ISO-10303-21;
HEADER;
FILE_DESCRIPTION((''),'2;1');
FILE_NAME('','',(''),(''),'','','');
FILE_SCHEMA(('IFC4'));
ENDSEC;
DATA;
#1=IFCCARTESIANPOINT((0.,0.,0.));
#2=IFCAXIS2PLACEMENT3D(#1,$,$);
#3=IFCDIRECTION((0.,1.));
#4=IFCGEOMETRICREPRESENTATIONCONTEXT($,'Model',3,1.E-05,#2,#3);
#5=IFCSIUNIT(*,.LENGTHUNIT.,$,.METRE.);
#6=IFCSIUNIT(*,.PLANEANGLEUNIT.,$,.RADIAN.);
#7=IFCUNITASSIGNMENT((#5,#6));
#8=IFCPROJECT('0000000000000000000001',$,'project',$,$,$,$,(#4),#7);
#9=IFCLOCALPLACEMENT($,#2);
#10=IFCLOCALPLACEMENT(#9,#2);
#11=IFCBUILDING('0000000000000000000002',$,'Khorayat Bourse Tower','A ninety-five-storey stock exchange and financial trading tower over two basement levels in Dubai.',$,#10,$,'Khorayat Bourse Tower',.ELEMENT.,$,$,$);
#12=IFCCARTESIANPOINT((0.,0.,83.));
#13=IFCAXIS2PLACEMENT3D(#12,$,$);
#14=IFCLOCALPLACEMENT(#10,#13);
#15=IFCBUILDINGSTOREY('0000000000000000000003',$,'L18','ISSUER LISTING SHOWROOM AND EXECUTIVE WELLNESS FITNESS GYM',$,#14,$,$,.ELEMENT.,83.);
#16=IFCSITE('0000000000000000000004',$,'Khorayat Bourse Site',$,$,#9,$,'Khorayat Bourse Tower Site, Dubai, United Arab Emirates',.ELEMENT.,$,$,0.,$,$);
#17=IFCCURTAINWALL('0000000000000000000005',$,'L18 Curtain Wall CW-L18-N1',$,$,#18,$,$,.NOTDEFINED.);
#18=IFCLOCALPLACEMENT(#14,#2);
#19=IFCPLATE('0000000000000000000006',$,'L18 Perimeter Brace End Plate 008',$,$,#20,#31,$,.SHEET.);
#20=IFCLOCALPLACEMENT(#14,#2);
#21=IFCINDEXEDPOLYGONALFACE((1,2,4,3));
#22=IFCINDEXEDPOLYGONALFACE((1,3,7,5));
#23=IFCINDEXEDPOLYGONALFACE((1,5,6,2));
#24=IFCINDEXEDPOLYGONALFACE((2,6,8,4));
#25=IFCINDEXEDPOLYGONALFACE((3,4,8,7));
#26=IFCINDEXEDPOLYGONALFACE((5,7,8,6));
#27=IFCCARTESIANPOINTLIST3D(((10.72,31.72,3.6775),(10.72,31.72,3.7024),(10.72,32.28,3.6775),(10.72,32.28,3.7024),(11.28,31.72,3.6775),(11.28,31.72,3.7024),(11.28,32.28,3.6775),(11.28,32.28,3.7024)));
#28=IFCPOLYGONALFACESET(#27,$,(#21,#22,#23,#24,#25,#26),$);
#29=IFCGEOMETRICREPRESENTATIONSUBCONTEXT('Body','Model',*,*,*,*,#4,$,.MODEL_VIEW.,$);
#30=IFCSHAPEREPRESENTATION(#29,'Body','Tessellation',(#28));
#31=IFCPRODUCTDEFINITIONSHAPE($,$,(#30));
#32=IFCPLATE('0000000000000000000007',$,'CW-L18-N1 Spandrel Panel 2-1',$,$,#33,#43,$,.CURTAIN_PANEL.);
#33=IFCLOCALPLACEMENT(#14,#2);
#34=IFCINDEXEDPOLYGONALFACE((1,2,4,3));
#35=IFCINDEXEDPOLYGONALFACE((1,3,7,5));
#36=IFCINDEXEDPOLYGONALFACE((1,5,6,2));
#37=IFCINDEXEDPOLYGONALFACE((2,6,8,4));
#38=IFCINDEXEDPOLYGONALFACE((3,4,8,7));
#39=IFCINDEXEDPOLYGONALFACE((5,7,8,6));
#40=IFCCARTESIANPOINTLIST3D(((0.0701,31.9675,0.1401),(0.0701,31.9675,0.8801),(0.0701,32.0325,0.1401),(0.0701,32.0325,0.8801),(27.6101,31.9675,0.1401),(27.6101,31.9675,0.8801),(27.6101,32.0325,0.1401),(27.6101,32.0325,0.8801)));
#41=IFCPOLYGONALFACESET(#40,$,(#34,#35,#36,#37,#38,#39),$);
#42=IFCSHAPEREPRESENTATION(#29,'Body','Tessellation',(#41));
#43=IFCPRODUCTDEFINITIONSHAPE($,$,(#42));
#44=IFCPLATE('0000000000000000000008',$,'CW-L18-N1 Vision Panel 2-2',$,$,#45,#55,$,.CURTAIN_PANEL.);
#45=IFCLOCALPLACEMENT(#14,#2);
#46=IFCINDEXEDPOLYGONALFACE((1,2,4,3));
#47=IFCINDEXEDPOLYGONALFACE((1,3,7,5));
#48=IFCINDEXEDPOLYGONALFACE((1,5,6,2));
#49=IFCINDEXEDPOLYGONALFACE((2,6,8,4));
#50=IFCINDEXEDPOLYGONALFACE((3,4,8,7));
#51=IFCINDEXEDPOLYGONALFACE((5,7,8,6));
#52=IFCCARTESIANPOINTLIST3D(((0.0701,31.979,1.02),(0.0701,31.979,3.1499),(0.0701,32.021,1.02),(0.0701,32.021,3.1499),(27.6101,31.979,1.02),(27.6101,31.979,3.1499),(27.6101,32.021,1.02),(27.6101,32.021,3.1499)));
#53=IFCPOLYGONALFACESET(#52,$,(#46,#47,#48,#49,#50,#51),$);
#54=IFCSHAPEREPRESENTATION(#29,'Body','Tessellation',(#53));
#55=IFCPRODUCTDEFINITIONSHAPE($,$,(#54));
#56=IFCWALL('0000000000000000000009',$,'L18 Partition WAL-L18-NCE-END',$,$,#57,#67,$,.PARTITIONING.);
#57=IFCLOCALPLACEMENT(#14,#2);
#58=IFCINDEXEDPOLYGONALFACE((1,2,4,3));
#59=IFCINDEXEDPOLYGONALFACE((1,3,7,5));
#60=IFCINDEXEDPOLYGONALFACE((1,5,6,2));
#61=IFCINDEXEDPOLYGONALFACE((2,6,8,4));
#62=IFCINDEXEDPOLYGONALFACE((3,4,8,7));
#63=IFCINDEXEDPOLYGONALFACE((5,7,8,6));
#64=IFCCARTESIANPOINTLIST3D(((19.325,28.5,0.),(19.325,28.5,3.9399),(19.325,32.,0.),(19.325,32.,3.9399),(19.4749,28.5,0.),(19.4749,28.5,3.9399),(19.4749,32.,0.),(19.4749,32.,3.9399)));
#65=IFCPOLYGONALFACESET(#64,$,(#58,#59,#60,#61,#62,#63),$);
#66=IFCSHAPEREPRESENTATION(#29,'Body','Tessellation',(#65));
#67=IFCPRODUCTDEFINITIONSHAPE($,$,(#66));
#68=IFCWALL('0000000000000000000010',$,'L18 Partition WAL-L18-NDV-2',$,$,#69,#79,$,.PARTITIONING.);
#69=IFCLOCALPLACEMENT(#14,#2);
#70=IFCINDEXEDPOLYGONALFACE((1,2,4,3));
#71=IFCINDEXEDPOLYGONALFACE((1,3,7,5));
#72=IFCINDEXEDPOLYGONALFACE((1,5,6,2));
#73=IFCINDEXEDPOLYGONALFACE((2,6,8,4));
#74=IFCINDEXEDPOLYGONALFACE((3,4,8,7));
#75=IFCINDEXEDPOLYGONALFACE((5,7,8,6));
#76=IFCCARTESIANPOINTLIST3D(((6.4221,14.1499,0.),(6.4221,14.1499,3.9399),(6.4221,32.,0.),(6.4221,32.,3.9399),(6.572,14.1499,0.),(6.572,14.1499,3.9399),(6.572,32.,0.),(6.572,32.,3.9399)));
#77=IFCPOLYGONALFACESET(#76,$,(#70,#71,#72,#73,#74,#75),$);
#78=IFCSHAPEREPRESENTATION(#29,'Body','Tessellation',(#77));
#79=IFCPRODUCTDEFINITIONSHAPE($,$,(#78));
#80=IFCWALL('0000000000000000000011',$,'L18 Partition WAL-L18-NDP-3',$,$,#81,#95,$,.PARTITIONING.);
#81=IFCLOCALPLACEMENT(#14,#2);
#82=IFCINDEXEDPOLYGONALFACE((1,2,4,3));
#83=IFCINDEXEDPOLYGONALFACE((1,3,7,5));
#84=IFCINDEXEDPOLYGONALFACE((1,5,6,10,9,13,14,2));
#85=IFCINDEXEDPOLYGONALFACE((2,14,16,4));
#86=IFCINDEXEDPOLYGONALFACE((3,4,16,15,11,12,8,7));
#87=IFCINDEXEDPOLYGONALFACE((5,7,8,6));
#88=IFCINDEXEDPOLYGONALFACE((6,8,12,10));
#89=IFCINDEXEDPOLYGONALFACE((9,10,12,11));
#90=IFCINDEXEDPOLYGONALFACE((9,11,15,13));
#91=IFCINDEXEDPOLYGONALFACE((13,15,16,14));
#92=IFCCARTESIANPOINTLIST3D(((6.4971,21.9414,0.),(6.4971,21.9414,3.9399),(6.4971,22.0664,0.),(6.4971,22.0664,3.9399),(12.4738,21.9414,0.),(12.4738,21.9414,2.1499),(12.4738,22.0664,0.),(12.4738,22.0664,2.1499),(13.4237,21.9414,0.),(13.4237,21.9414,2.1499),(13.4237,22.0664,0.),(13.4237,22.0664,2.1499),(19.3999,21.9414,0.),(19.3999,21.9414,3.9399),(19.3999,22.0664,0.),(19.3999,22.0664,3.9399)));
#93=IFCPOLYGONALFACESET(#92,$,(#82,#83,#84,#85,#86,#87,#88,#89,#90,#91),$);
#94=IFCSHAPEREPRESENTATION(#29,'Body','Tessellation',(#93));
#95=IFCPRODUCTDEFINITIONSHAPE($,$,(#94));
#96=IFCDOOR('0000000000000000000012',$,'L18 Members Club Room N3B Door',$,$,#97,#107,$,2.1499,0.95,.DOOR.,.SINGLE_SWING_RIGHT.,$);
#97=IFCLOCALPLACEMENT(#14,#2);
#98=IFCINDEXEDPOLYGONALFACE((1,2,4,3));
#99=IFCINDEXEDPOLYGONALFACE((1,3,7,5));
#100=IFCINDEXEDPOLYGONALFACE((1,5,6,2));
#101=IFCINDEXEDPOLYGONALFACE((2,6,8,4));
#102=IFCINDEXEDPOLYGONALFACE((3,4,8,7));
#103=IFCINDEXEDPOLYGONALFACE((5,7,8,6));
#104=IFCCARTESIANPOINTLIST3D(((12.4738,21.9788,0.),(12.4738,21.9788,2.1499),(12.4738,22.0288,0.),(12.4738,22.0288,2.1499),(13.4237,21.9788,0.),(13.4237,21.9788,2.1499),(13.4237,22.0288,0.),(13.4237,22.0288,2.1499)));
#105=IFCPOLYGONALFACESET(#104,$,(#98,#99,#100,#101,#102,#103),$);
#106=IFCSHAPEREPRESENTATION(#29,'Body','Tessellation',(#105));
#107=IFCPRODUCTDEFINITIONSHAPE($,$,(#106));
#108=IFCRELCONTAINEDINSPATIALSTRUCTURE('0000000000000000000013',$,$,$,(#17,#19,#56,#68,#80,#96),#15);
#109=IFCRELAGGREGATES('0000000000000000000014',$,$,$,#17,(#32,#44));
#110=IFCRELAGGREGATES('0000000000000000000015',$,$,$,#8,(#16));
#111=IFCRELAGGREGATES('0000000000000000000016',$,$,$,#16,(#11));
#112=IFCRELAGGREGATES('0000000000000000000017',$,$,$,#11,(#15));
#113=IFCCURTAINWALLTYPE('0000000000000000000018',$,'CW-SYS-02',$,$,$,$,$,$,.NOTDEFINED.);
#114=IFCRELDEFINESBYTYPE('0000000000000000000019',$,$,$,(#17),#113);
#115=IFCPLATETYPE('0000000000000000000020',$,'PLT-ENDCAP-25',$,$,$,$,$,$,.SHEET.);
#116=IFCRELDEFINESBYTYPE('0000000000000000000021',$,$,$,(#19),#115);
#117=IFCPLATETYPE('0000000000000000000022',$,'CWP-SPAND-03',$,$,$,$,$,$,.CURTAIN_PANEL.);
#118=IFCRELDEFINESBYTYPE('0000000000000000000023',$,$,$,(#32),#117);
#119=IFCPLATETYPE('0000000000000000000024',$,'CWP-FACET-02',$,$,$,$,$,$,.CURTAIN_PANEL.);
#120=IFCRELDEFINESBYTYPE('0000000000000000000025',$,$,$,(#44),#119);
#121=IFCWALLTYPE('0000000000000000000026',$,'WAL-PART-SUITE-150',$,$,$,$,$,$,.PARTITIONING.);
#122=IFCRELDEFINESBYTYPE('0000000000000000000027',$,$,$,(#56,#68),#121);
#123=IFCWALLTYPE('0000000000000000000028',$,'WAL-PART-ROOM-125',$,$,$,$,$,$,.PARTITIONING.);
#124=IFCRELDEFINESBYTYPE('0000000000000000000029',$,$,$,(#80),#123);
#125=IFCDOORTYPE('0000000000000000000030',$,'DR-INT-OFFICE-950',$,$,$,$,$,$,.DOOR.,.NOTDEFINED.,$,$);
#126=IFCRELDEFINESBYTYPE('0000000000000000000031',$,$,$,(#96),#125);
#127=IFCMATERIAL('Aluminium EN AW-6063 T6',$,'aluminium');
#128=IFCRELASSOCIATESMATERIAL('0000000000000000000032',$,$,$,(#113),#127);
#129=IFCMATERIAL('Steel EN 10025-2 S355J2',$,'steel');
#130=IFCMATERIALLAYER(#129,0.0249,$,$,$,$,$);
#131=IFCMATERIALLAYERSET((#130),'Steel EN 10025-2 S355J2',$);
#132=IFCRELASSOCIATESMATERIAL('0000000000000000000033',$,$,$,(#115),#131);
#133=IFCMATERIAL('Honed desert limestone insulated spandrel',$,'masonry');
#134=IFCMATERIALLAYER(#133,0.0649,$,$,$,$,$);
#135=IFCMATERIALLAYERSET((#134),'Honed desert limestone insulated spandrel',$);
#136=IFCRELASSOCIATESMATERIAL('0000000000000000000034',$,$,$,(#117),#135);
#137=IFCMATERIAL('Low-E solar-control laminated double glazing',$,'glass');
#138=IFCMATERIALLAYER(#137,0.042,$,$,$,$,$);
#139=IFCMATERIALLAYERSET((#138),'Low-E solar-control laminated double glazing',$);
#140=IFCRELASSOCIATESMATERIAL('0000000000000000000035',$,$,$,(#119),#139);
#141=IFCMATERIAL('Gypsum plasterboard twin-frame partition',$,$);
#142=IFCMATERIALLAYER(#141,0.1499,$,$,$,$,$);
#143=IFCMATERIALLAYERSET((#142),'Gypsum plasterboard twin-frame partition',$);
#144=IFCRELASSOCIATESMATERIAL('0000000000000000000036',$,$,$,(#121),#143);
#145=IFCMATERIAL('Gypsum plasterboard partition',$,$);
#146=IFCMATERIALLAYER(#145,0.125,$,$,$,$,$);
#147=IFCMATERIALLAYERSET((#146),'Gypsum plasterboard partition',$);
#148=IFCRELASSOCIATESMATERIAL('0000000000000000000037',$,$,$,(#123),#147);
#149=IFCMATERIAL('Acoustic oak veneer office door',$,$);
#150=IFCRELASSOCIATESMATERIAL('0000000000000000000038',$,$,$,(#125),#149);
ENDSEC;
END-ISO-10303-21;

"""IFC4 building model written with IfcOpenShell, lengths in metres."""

from ifc_helpers import new_model, si_unit, direction, frame, frame_2d, origin, origin_2d, place, context, subcontext, project, spatial, rectangle, extrude, source, transform, mapped, material, layer, layer_set, type_object, element, fill, aggregate, save


model = new_model("IFC4")

# Units and contexts
model_context = context("Model", 3, precision=1e-05, world=origin(), true_north=direction((0.0, 1.0)))
body_context = subcontext(model_context, "Body", "Model", "MODEL_VIEW")
ifc_project = project(units=[si_unit("LENGTHUNIT", "METRE"), si_unit("PLANEANGLEUNIT", "RADIAN")], contexts=[model_context])

# Site, building, storey
site_placement = place(None, origin())
site = spatial("IfcSite", under=ifc_project, at=site_placement, Name="Khorayat Bourse Site", LongName="Khorayat Bourse Tower Site, Dubai, United Arab Emirates", CompositionType="ELEMENT", RefElevation=0.0)
building_placement = place(site_placement, origin())
building = spatial("IfcBuilding", under=site, at=building_placement, Name="Khorayat Bourse Tower", Description="A ninety-five-storey stock exchange and financial trading tower over two basement levels in Dubai.", LongName="Khorayat Bourse Tower", CompositionType="ELEMENT")
storey_placement = place(building_placement, frame((0.0, 0.0, 83.0)))
storey = spatial("IfcBuildingStorey", under=building, at=storey_placement, Name="L18", Description="ISSUER LISTING SHOWROOM AND EXECUTIVE WELLNESS FITNESS GYM", CompositionType="ELEMENT", Elevation=83.0)

# Curtain wall
ifc_material_1 = material(Name="Aluminium EN AW-6063 T6", Category="aluminium")
curtain_wall_type = type_object("IfcCurtainWallType", Name="CW-SYS-02", PredefinedType="NOTDEFINED", material=ifc_material_1)
curtain_wall_placement = place(storey_placement, origin())
curtain_wall = element("IfcCurtainWall", 1, at=curtain_wall_placement, inside=storey, type_object=curtain_wall_type, Name="L18 Curtain Wall CW-L18-N1", PredefinedType="NOTDEFINED")

# Plate
ifc_material_2 = material(Name="Steel EN 10025-2 S355J2", Category="steel")
ifc_layer_1 = layer(ifc_material_2, 0.0249)
ifc_layer_set_1 = layer_set([ifc_layer_1], Name="Steel EN 10025-2 S355J2")
plate_type_1 = type_object("IfcPlateType", Name="PLT-ENDCAP-25", PredefinedType="SHEET", material=ifc_layer_set_1)
shared_shape_1 = source(origin(), body_context, "Body", "SweptSolid", [
    extrude(rectangle(XDim=0.5601, YDim=0.5601, at=origin_2d()), origin(), (0.0, 0.0, 1.0), 0.0249),
])
for number, where, z_axis, x_axis, name in (
    (2, (11.0, 32.0, 3.6775), (0.0, 0.0, 1.0), (1.0, 0.0, 0.0), "L18 Perimeter Brace End Plate 008"),
):
    element("IfcPlate", number, at=place(storey_placement, frame(where, z_axis=z_axis, x_axis=x_axis)), inside=storey, type_object=plate_type_1, Name=name, PredefinedType="SHEET", context=body_context, shape_type="MappedRepresentation", body=[
        mapped(shared_shape_1, transform((0.0, 0.0, 0.0), scale=1.0)),
    ])

# Plates
ifc_material_3 = material(Name="Honed desert limestone insulated spandrel", Category="masonry")
ifc_layer_2 = layer(ifc_material_3, 0.0649)
ifc_layer_set_2 = layer_set([ifc_layer_2], Name="Honed desert limestone insulated spandrel")
plate_type_2 = type_object("IfcPlateType", Name="CWP-SPAND-03", PredefinedType="CURTAIN_PANEL", material=ifc_layer_set_2)
shared_shape_2 = source(origin(), body_context, "Body", "SweptSolid", [
    extrude(rectangle(XDim=27.54, YDim=0.0649, at=origin_2d()), origin(), (0.0, 0.0, 1.0), 0.74),
])
plate_1_placement = place(storey_placement, frame((13.8401, 32.0, 0.1401), z_axis=(0.0, 0.0, 1.0), x_axis=(1.0, 0.0, 0.0)))
plate_1 = element("IfcPlate", 3, at=plate_1_placement, type_object=plate_type_2, Name="CW-L18-N1 Spandrel Panel 2-1", PredefinedType="CURTAIN_PANEL", context=body_context, shape_type="MappedRepresentation", body=[
    mapped(shared_shape_2, transform((0.0, 0.0, 0.0), scale=1.0)),
])
ifc_material_4 = material(Name="Low-E solar-control laminated double glazing", Category="glass")
ifc_layer_3 = layer(ifc_material_4, 0.042)
ifc_layer_set_3 = layer_set([ifc_layer_3], Name="Low-E solar-control laminated double glazing")
plate_type_3 = type_object("IfcPlateType", Name="CWP-FACET-02", PredefinedType="CURTAIN_PANEL", material=ifc_layer_set_3)
shared_shape_3 = source(origin(), body_context, "Body", "SweptSolid", [
    extrude(rectangle(XDim=27.54, YDim=0.042, at=origin_2d()), origin(), (0.0, 0.0, 1.0), 2.1299),
])
plate_2_placement = place(storey_placement, frame((13.8401, 32.0, 1.02), z_axis=(0.0, 0.0, 1.0), x_axis=(1.0, 0.0, 0.0)))
plate_2 = element("IfcPlate", 4, at=plate_2_placement, type_object=plate_type_3, Name="CW-L18-N1 Vision Panel 2-2", PredefinedType="CURTAIN_PANEL", context=body_context, shape_type="MappedRepresentation", body=[
    mapped(shared_shape_3, transform((0.0, 0.0, 0.0), scale=1.0)),
])
aggregate(curtain_wall, [plate_1, plate_2])

# Walls
ifc_material_5 = material(Name="Gypsum plasterboard twin-frame partition")
ifc_layer_4 = layer(ifc_material_5, 0.1499)
ifc_layer_set_4 = layer_set([ifc_layer_4], Name="Gypsum plasterboard twin-frame partition")
wall_type_1 = type_object("IfcWallType", Name="WAL-PART-SUITE-150", PredefinedType="PARTITIONING", material=ifc_layer_set_4)
shared_shape_4 = source(origin(), body_context, "Body", "SweptSolid", [
    extrude(rectangle(XDim=3.5, YDim=0.1499, at=frame_2d((1.75, 0.0))), origin(), (0.0, 0.0, 1.0), 3.9399),
])
wall_1_placement = place(storey_placement, frame((19.3999, 28.5, 0.0), z_axis=(0.0, 0.0, 1.0), x_axis=(0.0, 1.0, 0.0)))
element("IfcWall", 5, at=wall_1_placement, inside=storey, type_object=wall_type_1, Name="L18 Partition WAL-L18-NCE-END", PredefinedType="PARTITIONING", context=body_context, shape_type="MappedRepresentation", body=[
    mapped(shared_shape_4, transform((0.0, 0.0, 0.0), scale=1.0)),
])
shared_shape_5 = source(origin(), body_context, "Body", "SweptSolid", [
    extrude(rectangle(XDim=17.8501, YDim=0.1499, at=frame_2d((8.925, 0.0))), origin(), (0.0, 0.0, 1.0), 3.9399),
])
wall_2_placement = place(storey_placement, frame((6.4971, 14.1499, 0.0), z_axis=(0.0, 0.0, 1.0), x_axis=(0.0, 1.0, 0.0)))
element("IfcWall", 6, at=wall_2_placement, inside=storey, type_object=wall_type_1, Name="L18 Partition WAL-L18-NDV-2", PredefinedType="PARTITIONING", context=body_context, shape_type="MappedRepresentation", body=[
    mapped(shared_shape_5, transform((0.0, 0.0, 0.0), scale=1.0)),
])

# Wall, opening, door
ifc_material_6 = material(Name="Gypsum plasterboard partition")
ifc_layer_5 = layer(ifc_material_6, 0.125)
ifc_layer_set_5 = layer_set([ifc_layer_5], Name="Gypsum plasterboard partition")
wall_type_2 = type_object("IfcWallType", Name="WAL-PART-ROOM-125", PredefinedType="PARTITIONING", material=ifc_layer_set_5)
shared_shape_6 = source(origin(), body_context, "Body", "SweptSolid", [
    extrude(rectangle(XDim=12.9028, YDim=0.125, at=frame_2d((6.4514, 0.0))), origin(), (0.0, 0.0, 1.0), 3.9399),
])
wall_3_placement = place(storey_placement, frame((6.4971, 22.0039, 0.0), z_axis=(0.0, 0.0, 1.0), x_axis=(1.0, 0.0, 0.0)))
wall_3 = element("IfcWall", 7, at=wall_3_placement, inside=storey, type_object=wall_type_2, Name="L18 Partition WAL-L18-NDP-3", PredefinedType="PARTITIONING", context=body_context, shape_type="MappedRepresentation", body=[
    mapped(shared_shape_6, transform((0.0, 0.0, 0.0), scale=1.0)),
])
shared_shape_7 = source(origin(), body_context, "Body", "SweptSolid", [
    extrude(rectangle(XDim=0.95, YDim=2.1499, at=frame_2d((0.4751, 1.075))), frame((0.0, 0.0725, 0.0), z_axis=(0.0, -1.0, 0.0), x_axis=(1.0, 0.0, 0.0)), (0.0, 0.0, 1.0), 0.145),
])
opening_placement = place(wall_3_placement, frame((5.9766, 0.0, 0.0)))
opening = element("IfcOpeningElement", 8, at=opening_placement, cuts=wall_3, PredefinedType="OPENING", context=body_context, shape_type="MappedRepresentation", body=[
    mapped(shared_shape_7, transform((0.0, 0.0, 0.0), scale=1.0)),
])
ifc_material_7 = material(Name="Acoustic oak veneer office door")
door_type = type_object("IfcDoorType", Name="DR-INT-OFFICE-950", OperationType="NOTDEFINED", PredefinedType="DOOR", material=ifc_material_7)
shared_shape_8 = source(origin(), body_context, "Body", "SweptSolid", [
    extrude(rectangle(XDim=0.95, YDim=2.1499, at=frame_2d((0.4751, 1.075))), frame((0.0, 0.0249, 0.0), z_axis=(0.0, -1.0, 0.0), x_axis=(1.0, 0.0, 0.0)), (0.0, 0.0, 1.0), 0.05),
])
door_placement = place(opening_placement, origin())
door = element("IfcDoor", 9, at=door_placement, inside=storey, type_object=door_type, Name="L18 Members Club Room N3B Door", OperationType="SINGLE_SWING_RIGHT", OverallHeight=2.1499, OverallWidth=0.95, PredefinedType="DOOR", context=body_context, shape_type="MappedRepresentation", body=[
    mapped(shared_shape_8, transform((0.0, 0.0, 0.0), scale=1.0)),
])
fill(opening, door)

save(model, "model.ifc")
